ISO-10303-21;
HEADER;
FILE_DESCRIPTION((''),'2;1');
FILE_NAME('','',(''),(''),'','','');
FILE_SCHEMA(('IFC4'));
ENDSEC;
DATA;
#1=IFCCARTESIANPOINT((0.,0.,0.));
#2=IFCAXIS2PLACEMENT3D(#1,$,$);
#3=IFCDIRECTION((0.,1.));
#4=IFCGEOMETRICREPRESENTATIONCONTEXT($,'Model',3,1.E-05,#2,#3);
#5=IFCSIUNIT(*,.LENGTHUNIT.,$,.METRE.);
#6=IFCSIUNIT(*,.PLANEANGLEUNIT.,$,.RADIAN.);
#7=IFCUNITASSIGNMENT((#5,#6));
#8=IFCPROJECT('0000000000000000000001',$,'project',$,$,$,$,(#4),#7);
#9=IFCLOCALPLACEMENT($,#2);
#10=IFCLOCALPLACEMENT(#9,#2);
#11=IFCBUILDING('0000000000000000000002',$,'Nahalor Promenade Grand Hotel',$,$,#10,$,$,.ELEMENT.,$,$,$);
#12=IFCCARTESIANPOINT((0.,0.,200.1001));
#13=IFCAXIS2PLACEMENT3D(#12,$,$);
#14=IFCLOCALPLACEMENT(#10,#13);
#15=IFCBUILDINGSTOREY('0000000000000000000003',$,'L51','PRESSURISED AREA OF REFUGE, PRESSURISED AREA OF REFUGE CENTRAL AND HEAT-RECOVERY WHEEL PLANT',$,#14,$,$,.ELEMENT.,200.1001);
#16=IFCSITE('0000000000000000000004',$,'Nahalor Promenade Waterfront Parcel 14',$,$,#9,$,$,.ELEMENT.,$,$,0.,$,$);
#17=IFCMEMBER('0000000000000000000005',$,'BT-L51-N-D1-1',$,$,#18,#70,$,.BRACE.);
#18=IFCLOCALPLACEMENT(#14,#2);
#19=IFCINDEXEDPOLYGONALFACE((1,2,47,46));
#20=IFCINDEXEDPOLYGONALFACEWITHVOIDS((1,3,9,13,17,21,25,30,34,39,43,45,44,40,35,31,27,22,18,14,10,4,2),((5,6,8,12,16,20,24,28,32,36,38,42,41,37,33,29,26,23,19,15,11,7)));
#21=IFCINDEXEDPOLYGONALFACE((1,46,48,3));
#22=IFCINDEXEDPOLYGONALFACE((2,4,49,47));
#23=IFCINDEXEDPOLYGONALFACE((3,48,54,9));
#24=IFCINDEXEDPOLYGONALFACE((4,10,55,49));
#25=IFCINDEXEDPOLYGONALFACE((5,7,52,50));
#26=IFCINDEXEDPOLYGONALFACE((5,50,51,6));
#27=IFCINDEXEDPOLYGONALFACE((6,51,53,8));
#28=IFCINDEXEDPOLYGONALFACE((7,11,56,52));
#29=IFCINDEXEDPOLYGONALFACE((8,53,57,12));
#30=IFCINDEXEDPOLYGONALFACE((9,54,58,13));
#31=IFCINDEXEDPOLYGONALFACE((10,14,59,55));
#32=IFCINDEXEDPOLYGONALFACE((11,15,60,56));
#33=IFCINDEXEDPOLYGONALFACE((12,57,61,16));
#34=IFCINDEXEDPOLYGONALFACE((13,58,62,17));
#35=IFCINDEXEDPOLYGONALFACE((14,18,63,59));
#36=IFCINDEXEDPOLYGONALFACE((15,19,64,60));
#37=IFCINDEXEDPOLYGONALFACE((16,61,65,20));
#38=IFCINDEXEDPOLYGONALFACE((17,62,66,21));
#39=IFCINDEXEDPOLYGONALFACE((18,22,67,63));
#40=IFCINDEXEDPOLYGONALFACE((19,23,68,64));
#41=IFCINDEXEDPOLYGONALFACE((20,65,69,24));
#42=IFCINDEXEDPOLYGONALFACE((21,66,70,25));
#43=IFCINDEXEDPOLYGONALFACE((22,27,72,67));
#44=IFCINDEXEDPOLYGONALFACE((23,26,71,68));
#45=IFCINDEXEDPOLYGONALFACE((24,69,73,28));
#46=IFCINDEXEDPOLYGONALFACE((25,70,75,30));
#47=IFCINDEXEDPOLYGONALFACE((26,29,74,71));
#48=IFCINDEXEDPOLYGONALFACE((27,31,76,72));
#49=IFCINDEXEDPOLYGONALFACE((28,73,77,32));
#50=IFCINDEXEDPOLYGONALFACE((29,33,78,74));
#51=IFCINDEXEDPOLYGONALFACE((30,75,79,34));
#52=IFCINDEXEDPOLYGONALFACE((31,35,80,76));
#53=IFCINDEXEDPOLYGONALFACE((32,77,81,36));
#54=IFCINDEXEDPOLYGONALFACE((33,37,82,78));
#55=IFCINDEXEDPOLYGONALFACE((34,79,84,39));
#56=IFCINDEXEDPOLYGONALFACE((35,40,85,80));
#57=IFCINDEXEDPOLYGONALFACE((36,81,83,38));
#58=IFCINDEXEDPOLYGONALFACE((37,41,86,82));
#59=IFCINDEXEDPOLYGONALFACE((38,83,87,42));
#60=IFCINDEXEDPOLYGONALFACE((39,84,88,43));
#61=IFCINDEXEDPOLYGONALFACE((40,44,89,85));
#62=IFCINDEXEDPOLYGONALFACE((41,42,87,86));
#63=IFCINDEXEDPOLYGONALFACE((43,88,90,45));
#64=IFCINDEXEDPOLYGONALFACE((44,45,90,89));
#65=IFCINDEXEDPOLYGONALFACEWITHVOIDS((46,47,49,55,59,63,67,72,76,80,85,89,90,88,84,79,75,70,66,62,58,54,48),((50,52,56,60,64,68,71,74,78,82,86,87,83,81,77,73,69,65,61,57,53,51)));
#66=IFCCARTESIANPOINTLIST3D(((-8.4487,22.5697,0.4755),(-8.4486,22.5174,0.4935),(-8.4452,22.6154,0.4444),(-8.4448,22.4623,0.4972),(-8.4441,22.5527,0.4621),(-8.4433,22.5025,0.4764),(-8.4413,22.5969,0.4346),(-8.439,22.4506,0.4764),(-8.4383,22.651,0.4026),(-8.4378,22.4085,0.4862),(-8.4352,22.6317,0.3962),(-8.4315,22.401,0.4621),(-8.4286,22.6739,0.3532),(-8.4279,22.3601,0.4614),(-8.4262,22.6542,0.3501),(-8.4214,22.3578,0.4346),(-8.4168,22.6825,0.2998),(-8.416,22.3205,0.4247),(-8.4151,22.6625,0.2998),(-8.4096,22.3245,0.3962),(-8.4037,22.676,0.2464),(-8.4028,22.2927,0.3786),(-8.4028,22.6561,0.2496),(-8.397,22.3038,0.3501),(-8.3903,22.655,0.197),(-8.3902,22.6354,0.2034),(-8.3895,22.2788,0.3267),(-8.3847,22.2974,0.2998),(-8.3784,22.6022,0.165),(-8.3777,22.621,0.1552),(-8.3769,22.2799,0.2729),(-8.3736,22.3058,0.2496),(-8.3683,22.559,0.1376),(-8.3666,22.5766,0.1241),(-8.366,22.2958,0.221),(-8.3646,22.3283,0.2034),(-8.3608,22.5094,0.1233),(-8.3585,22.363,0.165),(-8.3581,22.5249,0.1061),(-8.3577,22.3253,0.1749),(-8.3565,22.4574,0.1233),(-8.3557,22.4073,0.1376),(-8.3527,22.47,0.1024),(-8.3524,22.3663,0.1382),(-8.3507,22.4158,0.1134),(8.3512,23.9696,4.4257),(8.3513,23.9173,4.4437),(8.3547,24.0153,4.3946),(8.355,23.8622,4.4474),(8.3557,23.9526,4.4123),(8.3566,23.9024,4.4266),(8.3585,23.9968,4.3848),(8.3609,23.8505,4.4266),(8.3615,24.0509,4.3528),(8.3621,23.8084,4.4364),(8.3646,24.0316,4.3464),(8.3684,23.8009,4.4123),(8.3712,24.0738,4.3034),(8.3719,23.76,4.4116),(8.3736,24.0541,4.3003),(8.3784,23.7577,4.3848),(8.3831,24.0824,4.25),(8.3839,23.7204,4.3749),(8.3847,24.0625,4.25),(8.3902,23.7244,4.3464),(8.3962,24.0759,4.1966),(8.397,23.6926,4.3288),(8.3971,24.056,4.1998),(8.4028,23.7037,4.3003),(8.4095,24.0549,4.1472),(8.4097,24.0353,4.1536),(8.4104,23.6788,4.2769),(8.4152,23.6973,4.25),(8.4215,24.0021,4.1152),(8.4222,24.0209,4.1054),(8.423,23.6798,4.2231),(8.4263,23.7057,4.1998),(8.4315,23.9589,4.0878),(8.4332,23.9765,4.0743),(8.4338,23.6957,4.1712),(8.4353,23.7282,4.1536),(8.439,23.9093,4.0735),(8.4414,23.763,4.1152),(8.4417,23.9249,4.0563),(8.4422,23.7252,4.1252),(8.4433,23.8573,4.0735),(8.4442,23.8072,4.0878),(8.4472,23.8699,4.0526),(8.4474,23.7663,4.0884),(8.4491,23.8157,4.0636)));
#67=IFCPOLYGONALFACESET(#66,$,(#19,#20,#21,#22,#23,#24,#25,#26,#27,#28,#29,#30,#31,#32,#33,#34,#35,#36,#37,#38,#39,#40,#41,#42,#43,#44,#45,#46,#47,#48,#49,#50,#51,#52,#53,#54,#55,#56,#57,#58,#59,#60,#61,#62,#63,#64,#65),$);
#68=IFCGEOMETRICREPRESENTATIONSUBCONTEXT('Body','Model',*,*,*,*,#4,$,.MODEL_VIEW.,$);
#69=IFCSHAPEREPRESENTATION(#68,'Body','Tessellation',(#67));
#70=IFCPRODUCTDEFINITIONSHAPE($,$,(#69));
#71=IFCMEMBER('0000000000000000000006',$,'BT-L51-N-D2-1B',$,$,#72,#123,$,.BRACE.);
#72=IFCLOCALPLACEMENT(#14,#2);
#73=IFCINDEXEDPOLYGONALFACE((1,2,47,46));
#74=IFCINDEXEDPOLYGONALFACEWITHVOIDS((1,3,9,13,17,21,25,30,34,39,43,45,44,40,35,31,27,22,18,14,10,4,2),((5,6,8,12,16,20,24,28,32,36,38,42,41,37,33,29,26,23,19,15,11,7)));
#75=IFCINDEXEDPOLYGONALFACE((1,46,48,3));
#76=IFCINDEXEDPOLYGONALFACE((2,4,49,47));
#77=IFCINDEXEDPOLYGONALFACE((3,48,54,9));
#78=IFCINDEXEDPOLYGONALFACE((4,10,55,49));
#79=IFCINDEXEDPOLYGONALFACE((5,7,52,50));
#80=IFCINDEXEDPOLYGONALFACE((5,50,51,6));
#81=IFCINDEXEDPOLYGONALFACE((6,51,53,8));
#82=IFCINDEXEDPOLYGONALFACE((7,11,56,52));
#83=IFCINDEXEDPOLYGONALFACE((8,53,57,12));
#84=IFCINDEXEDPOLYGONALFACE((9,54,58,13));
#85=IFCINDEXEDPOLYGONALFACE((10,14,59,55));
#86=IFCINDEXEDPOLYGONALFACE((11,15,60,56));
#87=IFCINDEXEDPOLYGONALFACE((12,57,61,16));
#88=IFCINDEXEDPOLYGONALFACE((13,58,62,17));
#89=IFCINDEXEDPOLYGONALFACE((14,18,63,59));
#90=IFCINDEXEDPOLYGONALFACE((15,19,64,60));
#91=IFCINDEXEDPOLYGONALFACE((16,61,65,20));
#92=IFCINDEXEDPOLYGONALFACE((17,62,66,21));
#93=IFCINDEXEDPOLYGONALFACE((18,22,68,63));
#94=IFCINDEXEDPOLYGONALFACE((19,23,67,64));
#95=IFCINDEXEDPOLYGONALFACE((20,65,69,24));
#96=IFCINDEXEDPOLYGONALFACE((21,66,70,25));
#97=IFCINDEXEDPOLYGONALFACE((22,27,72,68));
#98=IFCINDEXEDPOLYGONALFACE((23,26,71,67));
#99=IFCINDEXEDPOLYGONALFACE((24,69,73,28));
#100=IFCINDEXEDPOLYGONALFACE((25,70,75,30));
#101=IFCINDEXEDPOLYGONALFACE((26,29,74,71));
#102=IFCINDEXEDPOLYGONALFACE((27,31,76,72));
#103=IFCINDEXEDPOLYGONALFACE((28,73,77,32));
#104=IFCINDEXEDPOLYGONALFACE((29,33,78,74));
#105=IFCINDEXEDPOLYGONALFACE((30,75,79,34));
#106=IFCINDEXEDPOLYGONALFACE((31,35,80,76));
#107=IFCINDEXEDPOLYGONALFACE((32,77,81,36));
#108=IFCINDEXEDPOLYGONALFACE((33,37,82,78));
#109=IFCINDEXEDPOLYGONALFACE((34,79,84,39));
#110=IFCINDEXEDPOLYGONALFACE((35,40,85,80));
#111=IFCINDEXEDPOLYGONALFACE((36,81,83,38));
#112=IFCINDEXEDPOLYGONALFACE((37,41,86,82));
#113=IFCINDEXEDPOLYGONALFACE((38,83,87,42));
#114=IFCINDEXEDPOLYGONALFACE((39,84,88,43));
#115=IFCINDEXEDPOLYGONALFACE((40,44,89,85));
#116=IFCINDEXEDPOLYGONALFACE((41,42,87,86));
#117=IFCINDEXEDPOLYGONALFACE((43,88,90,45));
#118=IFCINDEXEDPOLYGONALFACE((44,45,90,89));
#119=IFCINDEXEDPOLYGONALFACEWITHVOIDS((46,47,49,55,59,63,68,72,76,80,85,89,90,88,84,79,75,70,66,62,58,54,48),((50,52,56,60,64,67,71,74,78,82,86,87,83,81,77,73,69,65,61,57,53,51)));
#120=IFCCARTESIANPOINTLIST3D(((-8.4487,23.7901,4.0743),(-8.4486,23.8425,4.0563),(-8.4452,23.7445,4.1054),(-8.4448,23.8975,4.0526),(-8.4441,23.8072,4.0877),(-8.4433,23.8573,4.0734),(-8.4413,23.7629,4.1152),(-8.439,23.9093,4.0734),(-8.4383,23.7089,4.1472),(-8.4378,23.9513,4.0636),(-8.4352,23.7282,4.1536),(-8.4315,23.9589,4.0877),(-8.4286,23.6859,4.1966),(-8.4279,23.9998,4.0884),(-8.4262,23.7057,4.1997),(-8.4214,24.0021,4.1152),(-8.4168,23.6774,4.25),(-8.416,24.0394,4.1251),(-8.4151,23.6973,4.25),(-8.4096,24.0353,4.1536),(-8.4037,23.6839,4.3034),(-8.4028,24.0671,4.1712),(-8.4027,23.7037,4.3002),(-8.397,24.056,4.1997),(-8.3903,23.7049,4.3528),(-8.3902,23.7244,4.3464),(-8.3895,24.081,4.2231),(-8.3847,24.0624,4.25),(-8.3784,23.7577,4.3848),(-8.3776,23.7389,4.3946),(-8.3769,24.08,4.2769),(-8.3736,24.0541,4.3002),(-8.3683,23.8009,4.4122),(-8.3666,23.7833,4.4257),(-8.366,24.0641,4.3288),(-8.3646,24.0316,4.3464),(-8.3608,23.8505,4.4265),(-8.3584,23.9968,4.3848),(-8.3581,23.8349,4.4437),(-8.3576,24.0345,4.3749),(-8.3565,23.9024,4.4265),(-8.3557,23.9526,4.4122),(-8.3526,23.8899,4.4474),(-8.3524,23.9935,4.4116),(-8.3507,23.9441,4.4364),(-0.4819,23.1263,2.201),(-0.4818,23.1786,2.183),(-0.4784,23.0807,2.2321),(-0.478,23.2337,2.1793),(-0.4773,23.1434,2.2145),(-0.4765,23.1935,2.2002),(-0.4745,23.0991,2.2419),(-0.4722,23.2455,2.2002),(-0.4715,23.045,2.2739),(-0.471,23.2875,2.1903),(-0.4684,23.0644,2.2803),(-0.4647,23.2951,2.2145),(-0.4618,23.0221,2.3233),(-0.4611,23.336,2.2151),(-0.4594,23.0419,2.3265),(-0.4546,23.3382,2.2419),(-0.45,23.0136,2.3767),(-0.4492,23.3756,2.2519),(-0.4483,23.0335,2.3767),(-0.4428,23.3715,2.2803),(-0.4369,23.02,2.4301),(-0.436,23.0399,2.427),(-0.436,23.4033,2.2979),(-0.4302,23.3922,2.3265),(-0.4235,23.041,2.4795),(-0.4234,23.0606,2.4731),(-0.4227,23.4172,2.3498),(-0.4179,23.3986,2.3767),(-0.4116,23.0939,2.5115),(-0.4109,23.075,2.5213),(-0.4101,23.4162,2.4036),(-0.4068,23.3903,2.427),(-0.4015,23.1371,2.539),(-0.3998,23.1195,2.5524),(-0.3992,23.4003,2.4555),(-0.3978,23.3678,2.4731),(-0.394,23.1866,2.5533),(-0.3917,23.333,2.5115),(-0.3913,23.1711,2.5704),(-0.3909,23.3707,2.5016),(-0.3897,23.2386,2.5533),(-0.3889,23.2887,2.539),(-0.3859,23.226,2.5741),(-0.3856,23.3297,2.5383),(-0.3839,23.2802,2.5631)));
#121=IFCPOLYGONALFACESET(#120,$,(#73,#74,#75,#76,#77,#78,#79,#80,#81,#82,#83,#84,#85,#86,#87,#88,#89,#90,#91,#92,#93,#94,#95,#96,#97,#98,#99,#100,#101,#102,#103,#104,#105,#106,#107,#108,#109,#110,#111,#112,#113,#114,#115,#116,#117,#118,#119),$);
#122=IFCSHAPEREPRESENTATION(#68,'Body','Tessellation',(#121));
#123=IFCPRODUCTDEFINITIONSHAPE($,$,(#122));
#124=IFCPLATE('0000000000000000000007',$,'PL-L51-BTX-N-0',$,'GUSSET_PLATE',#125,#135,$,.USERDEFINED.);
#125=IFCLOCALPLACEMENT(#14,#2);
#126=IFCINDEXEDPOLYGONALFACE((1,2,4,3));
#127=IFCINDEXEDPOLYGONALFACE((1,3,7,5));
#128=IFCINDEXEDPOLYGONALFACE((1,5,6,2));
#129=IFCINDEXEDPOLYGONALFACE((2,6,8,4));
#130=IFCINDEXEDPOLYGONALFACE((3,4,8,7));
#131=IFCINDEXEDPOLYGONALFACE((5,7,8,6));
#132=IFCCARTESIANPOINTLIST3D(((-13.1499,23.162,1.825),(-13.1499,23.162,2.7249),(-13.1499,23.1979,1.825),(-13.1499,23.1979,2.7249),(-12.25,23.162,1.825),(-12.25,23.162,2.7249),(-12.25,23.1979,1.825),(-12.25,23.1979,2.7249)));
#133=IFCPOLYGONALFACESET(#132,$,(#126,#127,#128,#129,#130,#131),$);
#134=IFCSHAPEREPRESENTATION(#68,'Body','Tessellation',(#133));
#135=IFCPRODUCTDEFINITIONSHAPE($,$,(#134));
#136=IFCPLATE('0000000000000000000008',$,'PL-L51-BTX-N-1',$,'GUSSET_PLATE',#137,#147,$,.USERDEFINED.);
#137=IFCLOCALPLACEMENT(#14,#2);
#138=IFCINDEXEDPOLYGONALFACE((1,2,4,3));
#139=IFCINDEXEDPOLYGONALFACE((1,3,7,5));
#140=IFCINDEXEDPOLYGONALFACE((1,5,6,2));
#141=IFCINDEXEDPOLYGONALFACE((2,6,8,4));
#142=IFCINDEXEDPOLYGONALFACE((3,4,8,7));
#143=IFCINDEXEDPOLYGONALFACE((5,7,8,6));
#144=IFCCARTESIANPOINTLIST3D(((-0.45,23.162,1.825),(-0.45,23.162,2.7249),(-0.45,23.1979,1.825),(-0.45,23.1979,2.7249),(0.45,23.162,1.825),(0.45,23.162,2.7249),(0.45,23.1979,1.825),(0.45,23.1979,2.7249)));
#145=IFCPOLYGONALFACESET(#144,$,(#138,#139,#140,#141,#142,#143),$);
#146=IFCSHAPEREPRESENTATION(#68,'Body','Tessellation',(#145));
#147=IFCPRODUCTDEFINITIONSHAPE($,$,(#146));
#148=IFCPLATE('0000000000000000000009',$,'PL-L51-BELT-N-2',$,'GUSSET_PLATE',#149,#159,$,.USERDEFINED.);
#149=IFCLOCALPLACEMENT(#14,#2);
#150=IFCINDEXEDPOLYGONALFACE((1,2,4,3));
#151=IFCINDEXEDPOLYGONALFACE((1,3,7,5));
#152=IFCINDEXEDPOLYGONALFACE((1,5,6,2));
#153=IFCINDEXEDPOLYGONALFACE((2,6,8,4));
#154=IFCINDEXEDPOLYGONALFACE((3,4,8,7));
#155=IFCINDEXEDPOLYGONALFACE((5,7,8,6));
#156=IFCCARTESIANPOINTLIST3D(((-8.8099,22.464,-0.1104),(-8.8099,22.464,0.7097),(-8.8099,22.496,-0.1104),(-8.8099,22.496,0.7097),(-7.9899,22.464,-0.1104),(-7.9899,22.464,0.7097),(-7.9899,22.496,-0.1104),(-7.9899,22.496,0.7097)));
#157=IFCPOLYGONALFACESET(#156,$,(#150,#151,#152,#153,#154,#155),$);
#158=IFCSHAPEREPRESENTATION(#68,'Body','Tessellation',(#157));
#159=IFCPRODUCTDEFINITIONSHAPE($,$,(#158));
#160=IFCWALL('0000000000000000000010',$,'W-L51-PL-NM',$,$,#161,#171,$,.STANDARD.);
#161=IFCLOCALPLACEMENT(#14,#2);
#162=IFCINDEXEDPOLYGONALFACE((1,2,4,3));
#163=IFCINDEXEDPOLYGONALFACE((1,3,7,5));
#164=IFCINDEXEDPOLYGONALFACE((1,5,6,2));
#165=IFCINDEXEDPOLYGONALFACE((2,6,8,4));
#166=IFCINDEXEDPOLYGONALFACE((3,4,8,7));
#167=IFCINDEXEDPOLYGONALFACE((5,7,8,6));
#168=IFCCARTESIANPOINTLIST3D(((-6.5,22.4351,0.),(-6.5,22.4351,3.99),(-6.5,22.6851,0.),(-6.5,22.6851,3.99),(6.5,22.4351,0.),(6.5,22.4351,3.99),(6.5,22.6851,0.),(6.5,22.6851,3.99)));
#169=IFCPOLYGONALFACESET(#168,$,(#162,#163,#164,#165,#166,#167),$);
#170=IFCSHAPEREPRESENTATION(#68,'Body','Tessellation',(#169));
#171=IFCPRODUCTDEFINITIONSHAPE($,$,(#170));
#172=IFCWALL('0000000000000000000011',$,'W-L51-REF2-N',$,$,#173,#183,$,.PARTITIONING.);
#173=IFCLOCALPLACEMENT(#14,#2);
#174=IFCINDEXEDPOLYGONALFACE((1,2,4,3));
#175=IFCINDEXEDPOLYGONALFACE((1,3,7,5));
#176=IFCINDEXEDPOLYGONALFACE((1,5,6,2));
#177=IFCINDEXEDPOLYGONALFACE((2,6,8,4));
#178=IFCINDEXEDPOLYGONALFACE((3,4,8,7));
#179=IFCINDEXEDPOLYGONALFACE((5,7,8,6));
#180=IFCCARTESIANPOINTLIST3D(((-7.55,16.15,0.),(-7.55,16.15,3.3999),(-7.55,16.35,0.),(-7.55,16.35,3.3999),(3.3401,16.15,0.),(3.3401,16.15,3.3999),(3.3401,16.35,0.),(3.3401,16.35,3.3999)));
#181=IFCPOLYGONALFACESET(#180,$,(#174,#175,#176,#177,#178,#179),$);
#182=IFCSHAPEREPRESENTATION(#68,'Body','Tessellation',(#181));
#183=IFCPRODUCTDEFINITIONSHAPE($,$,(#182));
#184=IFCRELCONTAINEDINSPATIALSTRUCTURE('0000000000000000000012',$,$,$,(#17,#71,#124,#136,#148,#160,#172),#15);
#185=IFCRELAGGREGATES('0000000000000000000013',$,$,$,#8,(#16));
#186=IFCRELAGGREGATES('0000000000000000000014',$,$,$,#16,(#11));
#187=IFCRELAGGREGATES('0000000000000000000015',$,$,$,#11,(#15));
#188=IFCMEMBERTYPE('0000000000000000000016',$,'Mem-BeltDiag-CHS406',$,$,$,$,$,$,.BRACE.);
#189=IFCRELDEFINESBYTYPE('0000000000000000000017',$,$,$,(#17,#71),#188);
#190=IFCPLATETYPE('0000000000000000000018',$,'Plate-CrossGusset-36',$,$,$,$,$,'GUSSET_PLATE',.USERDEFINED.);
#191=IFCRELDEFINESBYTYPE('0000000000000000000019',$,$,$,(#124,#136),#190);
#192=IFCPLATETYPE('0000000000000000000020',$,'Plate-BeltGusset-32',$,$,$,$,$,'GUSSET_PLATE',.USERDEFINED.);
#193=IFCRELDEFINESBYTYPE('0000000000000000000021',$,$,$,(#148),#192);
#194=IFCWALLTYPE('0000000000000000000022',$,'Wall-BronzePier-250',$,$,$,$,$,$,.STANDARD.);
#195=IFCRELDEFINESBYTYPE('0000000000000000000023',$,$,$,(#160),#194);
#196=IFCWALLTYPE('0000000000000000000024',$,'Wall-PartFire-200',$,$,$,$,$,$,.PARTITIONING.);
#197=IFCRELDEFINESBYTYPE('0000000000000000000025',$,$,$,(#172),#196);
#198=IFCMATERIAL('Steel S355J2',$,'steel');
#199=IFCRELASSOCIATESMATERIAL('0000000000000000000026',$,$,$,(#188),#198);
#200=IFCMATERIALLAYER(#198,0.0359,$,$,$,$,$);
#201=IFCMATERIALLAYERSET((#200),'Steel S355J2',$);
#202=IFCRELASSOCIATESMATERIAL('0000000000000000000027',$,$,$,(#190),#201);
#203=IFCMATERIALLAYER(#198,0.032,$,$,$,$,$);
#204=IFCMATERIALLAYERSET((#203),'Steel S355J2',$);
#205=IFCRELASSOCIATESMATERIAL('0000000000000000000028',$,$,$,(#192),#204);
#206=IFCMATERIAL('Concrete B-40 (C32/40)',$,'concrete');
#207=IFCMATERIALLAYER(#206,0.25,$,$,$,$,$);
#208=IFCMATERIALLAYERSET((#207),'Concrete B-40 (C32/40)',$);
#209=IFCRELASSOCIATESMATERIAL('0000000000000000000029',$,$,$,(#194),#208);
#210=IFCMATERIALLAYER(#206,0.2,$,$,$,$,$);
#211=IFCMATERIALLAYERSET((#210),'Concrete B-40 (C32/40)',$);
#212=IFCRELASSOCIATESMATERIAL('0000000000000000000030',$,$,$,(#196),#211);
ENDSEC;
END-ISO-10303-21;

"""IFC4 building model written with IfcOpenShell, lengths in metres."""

from ifc_helpers import new_model, si_unit, direction, frame, frame_2d, origin, origin_2d, place, context, subcontext, project, spatial, rectangle, hollow_circle, extrude, source, transform, mapped, material, layer, layer_set, material_profile, profile_set, type_object, element, save


model = new_model("IFC4")

# Units and contexts
model_context = context("Model", 3, precision=1e-05, world=origin(), true_north=direction((0.0, 1.0)))
body_context = subcontext(model_context, "Body", "Model", "MODEL_VIEW")
ifc_project = project(units=[si_unit("LENGTHUNIT", "METRE"), si_unit("PLANEANGLEUNIT", "RADIAN")], contexts=[model_context])

# Site, building, storey
site_placement = place(None, origin())
site = spatial("IfcSite", under=ifc_project, at=site_placement, Name="Nahalor Promenade Waterfront Parcel 14", CompositionType="ELEMENT", RefElevation=0.0)
building_placement = place(site_placement, origin())
building = spatial("IfcBuilding", under=site, at=building_placement, Name="Nahalor Promenade Grand Hotel", CompositionType="ELEMENT")
storey_placement = place(building_placement, frame((0.0, 0.0, 200.1001)))
storey = spatial("IfcBuildingStorey", under=building, at=storey_placement, Name="L51", Description="PRESSURISED AREA OF REFUGE, PRESSURISED AREA OF REFUGE CENTRAL AND HEAT-RECOVERY WHEEL PLANT", CompositionType="ELEMENT", Elevation=200.1001)

# Shared definitions
ifc_material_1 = material(Name="Steel S355J2", Category="steel")

# Members
ifc_material_profile_1 = material_profile(ifc_material_1, hollow_circle(Radius=0.2032, WallThickness=0.02, at=origin_2d()), Name="CHS 406.4x20")
ifc_profile_set_1 = profile_set([ifc_material_profile_1], Name="Steel S355J2")
member_type = type_object("IfcMemberType", Name="Mem-BeltDiag-CHS406", PredefinedType="BRACE", material=ifc_profile_set_1)
shared_shape_1 = source(origin(), body_context, "Body", "SweptSolid", [
    extrude(hollow_circle(Radius=0.2032, WallThickness=0.02, at=origin_2d()), origin(), (0.0, 0.0, 1.0), 17.3147),
])
member_1_placement = place(storey_placement, frame((-8.3999, 22.48, 0.2998), z_axis=(0.970265, 0.080851, 0.228142), x_axis=(-0.083041, 0.996546, 0.0)))
element("IfcMember", 1, at=member_1_placement, inside=storey, type_object=member_type, Name="BT-L51-N-D1-1", PredefinedType="BRACE", context=body_context, shape_type="MappedRepresentation", body=[
    mapped(shared_shape_1, transform((0.0, 0.0, 0.0), scale=1.0)),
])
shared_shape_2 = source(origin(), body_context, "Body", "SweptSolid", [
    extrude(hollow_circle(Radius=0.2032, WallThickness=0.02, at=origin_2d()), origin(), (0.0, 0.0, 1.0), 8.2109),
])
member_2_placement = place(storey_placement, frame((-0.4331, 23.2161, 2.3767), z_axis=(-0.970265, 0.080845, 0.228145), x_axis=(-0.083035, -0.996547, 0.0)))
element("IfcMember", 2, at=member_2_placement, inside=storey, type_object=member_type, Name="BT-L51-N-D2-1B", PredefinedType="BRACE", context=body_context, shape_type="MappedRepresentation", body=[
    mapped(shared_shape_2, transform((0.0, 0.0, 0.0), scale=1.0)),
])

# Plates
ifc_layer_1 = layer(ifc_material_1, 0.0359)
ifc_layer_set_1 = layer_set([ifc_layer_1], Name="Steel S355J2")
plate_type_1 = type_object("IfcPlateType", Name="Plate-CrossGusset-36", ElementType="GUSSET_PLATE", PredefinedType="USERDEFINED", material=ifc_layer_set_1)
shared_shape_3 = source(origin(), body_context, "Body", "SweptSolid", [
    extrude(rectangle(XDim=0.8999, YDim=0.0359, at=origin_2d()), origin(), (0.0, 0.0, 1.0), 0.8999),
])
for number, where, z_axis, x_axis, name in (
    (3, (-12.7, 23.1799, 1.825), (0.0, 0.0, 1.0), (1.0, 0.0, 0.0), "PL-L51-BTX-N-0"),
    (4, (0.0, 23.1799, 1.825), (0.0, 0.0, 1.0), (1.0, 0.0, 0.0), "PL-L51-BTX-N-1"),
):
    element("IfcPlate", number, at=place(storey_placement, frame(where, z_axis=z_axis, x_axis=x_axis)), inside=storey, type_object=plate_type_1, Name=name, ObjectType="GUSSET_PLATE", PredefinedType="USERDEFINED", context=body_context, shape_type="MappedRepresentation", body=[
        mapped(shared_shape_3, transform((0.0, 0.0, 0.0), scale=1.0)),
    ])
ifc_layer_2 = layer(ifc_material_1, 0.032)
ifc_layer_set_2 = layer_set([ifc_layer_2], Name="Steel S355J2")
plate_type_2 = type_object("IfcPlateType", Name="Plate-BeltGusset-32", ElementType="GUSSET_PLATE", PredefinedType="USERDEFINED", material=ifc_layer_set_2)
shared_shape_4 = source(origin(), body_context, "Body", "SweptSolid", [
    extrude(rectangle(XDim=0.8201, YDim=0.032, at=origin_2d()), origin(), (0.0, 0.0, 1.0), 0.8201),
])
plate_placement = place(storey_placement, frame((-8.3999, 22.48, -0.1104), z_axis=(0.0, 0.0, 1.0), x_axis=(1.0, 0.0, 0.0)))
element("IfcPlate", 5, at=plate_placement, inside=storey, type_object=plate_type_2, Name="PL-L51-BELT-N-2", ObjectType="GUSSET_PLATE", PredefinedType="USERDEFINED", context=body_context, shape_type="MappedRepresentation", body=[
    mapped(shared_shape_4, transform((0.0, 0.0, 0.0), scale=1.0)),
])

# Walls
ifc_material_2 = material(Name="Concrete B-40 (C32/40)", Category="concrete")
ifc_layer_3 = layer(ifc_material_2, 0.25)
ifc_layer_set_3 = layer_set([ifc_layer_3], Name="Concrete B-40 (C32/40)")
wall_type_1 = type_object("IfcWallType", Name="Wall-BronzePier-250", PredefinedType="STANDARD", material=ifc_layer_set_3)
shared_shape_5 = source(origin(), body_context, "Body", "SweptSolid", [
    extrude(rectangle(XDim=13.0, YDim=0.25, at=frame_2d((6.5, 0.0))), origin(), (0.0, 0.0, 1.0), 3.99),
])
wall_1_placement = place(storey_placement, frame((-6.5, 22.5601, 0.0), z_axis=(0.0, 0.0, 1.0), x_axis=(1.0, 0.0, 0.0)))
element("IfcWall", 6, at=wall_1_placement, inside=storey, type_object=wall_type_1, Name="W-L51-PL-NM", PredefinedType="STANDARD", context=body_context, shape_type="MappedRepresentation", body=[
    mapped(shared_shape_5, transform((0.0, 0.0, 0.0), scale=1.0)),
])
ifc_layer_4 = layer(ifc_material_2, 0.2)
ifc_layer_set_4 = layer_set([ifc_layer_4], Name="Concrete B-40 (C32/40)")
wall_type_2 = type_object("IfcWallType", Name="Wall-PartFire-200", PredefinedType="PARTITIONING", material=ifc_layer_set_4)
shared_shape_6 = source(origin(), body_context, "Body", "SweptSolid", [
    extrude(rectangle(XDim=10.8901, YDim=0.2, at=frame_2d((5.4451, 0.0))), origin(), (0.0, 0.0, 1.0), 3.3999),
])
wall_2_placement = place(storey_placement, frame((-7.55, 16.25, 0.0), z_axis=(0.0, 0.0, 1.0), x_axis=(1.0, 0.0, 0.0)))
element("IfcWall", 7, at=wall_2_placement, inside=storey, type_object=wall_type_2, Name="W-L51-REF2-N", PredefinedType="PARTITIONING", context=body_context, shape_type="MappedRepresentation", body=[
    mapped(shared_shape_6, transform((0.0, 0.0, 0.0), scale=1.0)),
])

save(model, "model.ifc")
